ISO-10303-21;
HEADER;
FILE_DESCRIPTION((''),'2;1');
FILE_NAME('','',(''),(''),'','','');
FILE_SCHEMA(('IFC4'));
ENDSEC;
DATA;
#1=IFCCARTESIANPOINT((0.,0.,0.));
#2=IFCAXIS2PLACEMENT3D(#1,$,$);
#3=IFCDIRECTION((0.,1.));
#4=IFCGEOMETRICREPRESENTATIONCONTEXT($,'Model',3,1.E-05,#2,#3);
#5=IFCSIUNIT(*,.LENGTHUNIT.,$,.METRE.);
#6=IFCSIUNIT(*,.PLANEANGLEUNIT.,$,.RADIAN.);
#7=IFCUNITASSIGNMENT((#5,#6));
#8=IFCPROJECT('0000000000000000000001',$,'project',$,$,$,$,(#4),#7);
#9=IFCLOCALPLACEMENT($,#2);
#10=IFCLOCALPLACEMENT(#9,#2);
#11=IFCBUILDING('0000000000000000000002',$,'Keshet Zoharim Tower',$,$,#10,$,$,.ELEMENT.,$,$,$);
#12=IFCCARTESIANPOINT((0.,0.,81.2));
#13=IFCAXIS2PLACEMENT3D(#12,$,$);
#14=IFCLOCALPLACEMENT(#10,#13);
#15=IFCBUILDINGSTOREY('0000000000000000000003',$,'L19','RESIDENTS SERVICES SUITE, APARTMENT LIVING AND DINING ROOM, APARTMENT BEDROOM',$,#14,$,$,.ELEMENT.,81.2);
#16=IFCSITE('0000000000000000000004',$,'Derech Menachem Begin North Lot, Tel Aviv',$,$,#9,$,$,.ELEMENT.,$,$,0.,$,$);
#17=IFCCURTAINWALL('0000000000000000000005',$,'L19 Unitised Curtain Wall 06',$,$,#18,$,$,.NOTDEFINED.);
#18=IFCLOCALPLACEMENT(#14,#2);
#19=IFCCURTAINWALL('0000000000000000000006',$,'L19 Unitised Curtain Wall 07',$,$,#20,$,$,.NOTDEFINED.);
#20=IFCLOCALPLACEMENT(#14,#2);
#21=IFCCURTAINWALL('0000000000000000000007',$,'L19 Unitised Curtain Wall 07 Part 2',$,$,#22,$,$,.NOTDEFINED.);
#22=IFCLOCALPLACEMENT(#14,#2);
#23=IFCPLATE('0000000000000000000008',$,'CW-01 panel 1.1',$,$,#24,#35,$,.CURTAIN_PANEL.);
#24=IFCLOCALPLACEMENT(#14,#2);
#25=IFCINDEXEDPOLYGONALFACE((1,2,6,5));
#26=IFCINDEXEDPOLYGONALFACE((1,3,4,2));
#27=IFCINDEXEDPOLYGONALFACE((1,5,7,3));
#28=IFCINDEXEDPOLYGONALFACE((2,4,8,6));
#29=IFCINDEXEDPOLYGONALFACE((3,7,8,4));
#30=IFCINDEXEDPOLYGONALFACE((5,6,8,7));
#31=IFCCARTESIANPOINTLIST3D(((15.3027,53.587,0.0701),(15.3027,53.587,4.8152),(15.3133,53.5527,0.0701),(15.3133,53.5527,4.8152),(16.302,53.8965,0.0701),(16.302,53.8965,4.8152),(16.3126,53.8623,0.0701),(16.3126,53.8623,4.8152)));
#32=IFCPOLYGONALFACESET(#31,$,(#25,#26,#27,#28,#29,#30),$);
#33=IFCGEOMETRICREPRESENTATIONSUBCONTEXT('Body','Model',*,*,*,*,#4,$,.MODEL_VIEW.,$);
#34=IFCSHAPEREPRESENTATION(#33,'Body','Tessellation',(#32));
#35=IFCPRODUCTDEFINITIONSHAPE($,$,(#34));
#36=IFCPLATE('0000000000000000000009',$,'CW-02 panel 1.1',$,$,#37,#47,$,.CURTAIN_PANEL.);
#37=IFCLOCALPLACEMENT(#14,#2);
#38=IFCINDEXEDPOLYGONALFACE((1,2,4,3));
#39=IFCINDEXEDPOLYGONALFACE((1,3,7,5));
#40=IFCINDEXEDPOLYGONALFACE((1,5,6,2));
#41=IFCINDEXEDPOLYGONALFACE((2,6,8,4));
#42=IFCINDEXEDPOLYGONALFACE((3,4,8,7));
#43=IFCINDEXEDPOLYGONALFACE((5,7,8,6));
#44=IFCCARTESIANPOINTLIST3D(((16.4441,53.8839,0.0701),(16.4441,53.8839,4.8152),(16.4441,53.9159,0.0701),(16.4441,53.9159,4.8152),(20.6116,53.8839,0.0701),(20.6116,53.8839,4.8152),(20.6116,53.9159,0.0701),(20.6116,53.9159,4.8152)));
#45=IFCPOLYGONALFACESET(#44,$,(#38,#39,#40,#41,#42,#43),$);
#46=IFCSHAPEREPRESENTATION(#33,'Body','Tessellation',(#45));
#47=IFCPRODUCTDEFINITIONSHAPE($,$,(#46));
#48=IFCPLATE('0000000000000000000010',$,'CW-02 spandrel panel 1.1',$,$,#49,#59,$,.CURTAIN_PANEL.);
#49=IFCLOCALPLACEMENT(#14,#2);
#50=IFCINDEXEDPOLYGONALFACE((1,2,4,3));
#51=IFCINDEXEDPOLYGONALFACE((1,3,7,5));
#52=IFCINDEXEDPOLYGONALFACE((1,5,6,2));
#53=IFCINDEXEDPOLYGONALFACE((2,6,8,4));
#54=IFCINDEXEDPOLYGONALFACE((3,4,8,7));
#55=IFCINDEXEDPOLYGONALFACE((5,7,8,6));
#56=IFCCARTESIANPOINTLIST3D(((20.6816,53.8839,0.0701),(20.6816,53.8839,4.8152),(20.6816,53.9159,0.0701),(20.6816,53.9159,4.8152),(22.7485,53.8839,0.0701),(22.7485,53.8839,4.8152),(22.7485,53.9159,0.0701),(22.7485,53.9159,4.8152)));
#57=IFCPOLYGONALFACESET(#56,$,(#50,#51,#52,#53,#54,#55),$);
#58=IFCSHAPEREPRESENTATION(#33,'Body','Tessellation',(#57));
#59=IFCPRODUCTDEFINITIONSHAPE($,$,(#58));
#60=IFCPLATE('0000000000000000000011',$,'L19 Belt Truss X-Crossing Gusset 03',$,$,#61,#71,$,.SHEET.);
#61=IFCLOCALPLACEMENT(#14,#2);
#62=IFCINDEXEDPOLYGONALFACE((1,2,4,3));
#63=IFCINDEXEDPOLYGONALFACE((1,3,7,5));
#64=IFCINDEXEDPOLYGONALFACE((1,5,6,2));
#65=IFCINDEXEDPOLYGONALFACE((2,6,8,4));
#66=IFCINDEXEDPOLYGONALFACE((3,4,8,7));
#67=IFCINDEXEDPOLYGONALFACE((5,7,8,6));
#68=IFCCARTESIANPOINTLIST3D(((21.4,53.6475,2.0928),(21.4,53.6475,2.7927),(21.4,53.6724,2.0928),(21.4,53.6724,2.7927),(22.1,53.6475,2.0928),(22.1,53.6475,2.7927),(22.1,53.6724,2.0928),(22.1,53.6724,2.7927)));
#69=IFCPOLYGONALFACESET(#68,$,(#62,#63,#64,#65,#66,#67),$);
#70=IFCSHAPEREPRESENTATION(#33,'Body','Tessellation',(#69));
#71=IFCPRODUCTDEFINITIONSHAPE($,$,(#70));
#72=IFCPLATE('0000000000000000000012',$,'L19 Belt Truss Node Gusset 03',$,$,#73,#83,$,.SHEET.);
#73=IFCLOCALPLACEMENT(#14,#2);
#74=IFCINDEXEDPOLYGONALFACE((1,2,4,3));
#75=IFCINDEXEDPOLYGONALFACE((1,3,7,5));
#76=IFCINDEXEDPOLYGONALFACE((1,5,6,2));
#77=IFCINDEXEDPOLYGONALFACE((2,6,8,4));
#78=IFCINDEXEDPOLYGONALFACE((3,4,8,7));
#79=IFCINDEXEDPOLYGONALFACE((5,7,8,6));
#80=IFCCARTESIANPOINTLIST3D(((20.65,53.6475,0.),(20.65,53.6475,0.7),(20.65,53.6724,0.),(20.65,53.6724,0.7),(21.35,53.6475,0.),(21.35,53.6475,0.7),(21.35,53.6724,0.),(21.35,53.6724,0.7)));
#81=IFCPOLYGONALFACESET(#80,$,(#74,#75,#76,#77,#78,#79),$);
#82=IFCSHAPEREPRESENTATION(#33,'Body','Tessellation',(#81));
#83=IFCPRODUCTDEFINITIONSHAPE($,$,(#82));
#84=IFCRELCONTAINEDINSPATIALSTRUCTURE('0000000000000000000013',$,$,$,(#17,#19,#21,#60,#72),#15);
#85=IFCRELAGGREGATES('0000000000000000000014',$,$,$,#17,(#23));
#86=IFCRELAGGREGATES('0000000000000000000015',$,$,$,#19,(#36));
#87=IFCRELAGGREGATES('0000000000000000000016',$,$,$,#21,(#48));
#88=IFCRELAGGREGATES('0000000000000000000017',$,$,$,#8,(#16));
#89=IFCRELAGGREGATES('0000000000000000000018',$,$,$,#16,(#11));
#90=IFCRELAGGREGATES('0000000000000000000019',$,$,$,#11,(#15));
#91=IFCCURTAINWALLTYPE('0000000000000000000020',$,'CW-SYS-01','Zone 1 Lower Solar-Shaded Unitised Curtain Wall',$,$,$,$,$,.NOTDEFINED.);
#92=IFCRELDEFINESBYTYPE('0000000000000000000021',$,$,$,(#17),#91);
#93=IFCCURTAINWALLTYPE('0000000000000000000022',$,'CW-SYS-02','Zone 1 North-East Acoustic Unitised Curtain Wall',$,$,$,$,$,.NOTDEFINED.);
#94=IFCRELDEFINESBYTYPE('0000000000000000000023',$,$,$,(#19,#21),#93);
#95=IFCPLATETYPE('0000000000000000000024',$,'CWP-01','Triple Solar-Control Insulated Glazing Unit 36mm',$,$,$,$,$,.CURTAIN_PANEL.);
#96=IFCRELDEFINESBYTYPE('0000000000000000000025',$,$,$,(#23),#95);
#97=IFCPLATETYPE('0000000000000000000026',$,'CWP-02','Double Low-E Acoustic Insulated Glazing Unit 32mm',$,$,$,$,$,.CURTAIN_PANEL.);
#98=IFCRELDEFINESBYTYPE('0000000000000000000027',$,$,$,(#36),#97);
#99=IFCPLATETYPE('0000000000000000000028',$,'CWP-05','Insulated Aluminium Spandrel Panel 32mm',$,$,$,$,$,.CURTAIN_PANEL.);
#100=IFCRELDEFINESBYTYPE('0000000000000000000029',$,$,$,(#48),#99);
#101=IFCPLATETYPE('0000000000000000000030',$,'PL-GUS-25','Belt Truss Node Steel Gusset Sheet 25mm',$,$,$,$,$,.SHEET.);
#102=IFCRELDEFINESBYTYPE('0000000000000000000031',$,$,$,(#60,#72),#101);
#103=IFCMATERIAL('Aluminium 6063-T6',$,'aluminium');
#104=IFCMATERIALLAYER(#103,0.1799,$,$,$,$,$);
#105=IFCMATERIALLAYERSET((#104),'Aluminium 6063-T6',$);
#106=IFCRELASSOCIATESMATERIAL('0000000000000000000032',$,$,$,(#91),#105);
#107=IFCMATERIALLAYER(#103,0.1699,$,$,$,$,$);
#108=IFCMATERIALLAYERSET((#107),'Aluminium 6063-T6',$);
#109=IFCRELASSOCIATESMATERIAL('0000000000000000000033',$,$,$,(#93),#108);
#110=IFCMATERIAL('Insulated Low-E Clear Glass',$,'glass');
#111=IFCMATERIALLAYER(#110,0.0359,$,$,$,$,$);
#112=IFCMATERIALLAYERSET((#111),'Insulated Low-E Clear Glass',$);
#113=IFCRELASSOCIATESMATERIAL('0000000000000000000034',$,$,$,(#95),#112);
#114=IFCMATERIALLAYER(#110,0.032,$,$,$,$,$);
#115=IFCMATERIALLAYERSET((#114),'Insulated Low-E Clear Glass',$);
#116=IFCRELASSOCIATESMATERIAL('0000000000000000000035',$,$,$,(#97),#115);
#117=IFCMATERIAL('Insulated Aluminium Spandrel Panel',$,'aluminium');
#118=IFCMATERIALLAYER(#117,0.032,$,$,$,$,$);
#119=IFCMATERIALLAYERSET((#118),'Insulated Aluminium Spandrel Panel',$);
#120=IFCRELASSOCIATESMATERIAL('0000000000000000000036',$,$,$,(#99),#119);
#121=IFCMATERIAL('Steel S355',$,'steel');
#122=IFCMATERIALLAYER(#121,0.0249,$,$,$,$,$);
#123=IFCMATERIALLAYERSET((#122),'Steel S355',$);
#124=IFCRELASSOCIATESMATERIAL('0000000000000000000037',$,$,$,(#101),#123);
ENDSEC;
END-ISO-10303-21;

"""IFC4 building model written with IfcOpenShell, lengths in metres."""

from ifc_helpers import new_model, si_unit, direction, frame, origin, origin_2d, place, context, subcontext, project, spatial, rectangle, extrude, material, layer, layer_set, type_object, element, aggregate, save


model = new_model("IFC4")

# Units and contexts
model_context = context("Model", 3, precision=1e-05, world=origin(), true_north=direction((0.0, 1.0)))
body_context = subcontext(model_context, "Body", "Model", "MODEL_VIEW")
ifc_project = project(units=[si_unit("LENGTHUNIT", "METRE"), si_unit("PLANEANGLEUNIT", "RADIAN")], contexts=[model_context])

# Site, building, storey
site_placement = place(None, origin())
site = spatial("IfcSite", under=ifc_project, at=site_placement, Name="Derech Menachem Begin North Lot, Tel Aviv", CompositionType="ELEMENT", RefElevation=0.0)
building_placement = place(site_placement, origin())
building = spatial("IfcBuilding", under=site, at=building_placement, Name="Keshet Zoharim Tower", CompositionType="ELEMENT")
storey_placement = place(building_placement, frame((0.0, 0.0, 81.2)))
storey = spatial("IfcBuildingStorey", under=building, at=storey_placement, Name="L19", Description="RESIDENTS SERVICES SUITE, APARTMENT LIVING AND DINING ROOM, APARTMENT BEDROOM", CompositionType="ELEMENT", Elevation=81.2)

# Shared definitions
ifc_material_1 = material(Name="Steel S355", Category="steel")

# Curtain wall
ifc_material_2 = material(Name="Aluminium 6063-T6", Category="aluminium")
ifc_layer_1 = layer(ifc_material_2, 0.1799)
ifc_layer_set_1 = layer_set([ifc_layer_1], Name="Aluminium 6063-T6")
curtain_wall_type_1 = type_object("IfcCurtainWallType", Name="CW-SYS-01", Description="Zone 1 Lower Solar-Shaded Unitised Curtain Wall", PredefinedType="NOTDEFINED", material=ifc_layer_set_1)
curtain_wall_1_placement = place(storey_placement, origin())
curtain_wall_1 = element("IfcCurtainWall", 1, at=curtain_wall_1_placement, inside=storey, type_object=curtain_wall_type_1, Name="L19 Unitised Curtain Wall 06", PredefinedType="NOTDEFINED")

# Curtain wall
ifc_layer_2 = layer(ifc_material_2, 0.1699)
ifc_layer_set_2 = layer_set([ifc_layer_2], Name="Aluminium 6063-T6")
curtain_wall_type_2 = type_object("IfcCurtainWallType", Name="CW-SYS-02", Description="Zone 1 North-East Acoustic Unitised Curtain Wall", PredefinedType="NOTDEFINED", material=ifc_layer_set_2)
curtain_wall_2_placement = place(storey_placement, origin())
curtain_wall_2 = element("IfcCurtainWall", 2, at=curtain_wall_2_placement, inside=storey, type_object=curtain_wall_type_2, Name="L19 Unitised Curtain Wall 07", PredefinedType="NOTDEFINED")

# Curtain wall
curtain_wall_3_placement = place(storey_placement, origin())
curtain_wall_3 = element("IfcCurtainWall", 3, at=curtain_wall_3_placement, inside=storey, type_object=curtain_wall_type_2, Name="L19 Unitised Curtain Wall 07 Part 2", PredefinedType="NOTDEFINED")

# Plates
ifc_material_3 = material(Name="Insulated Low-E Clear Glass", Category="glass")
ifc_layer_3 = layer(ifc_material_3, 0.0359)
ifc_layer_set_3 = layer_set([ifc_layer_3], Name="Insulated Low-E Clear Glass")
plate_type_1 = type_object("IfcPlateType", Name="CWP-01", Description="Triple Solar-Control Insulated Glazing Unit 36mm", PredefinedType="CURTAIN_PANEL", material=ifc_layer_set_3)
plate_1_placement = place(storey_placement, frame((15.8076, 53.7246, 0.0701), z_axis=(0.0, 0.0, 1.0), x_axis=(0.955212, 0.295922, 0.0)))
plate_1 = element("IfcPlate", 4, at=plate_1_placement, type_object=plate_type_1, Name="CW-01 panel 1.1", PredefinedType="CURTAIN_PANEL", context=body_context, shape_type="SweptSolid", body=[
    extrude(rectangle(XDim=1.0461, YDim=0.0359, at=origin_2d()), origin(), (0.0, 0.0, 1.0), 4.7451),
])
aggregate(curtain_wall_1, [plate_1])
ifc_layer_4 = layer(ifc_material_3, 0.032)
ifc_layer_set_4 = layer_set([ifc_layer_4], Name="Insulated Low-E Clear Glass")
plate_type_2 = type_object("IfcPlateType", Name="CWP-02", Description="Double Low-E Acoustic Insulated Glazing Unit 32mm", PredefinedType="CURTAIN_PANEL", material=ifc_layer_set_4)
plate_2_placement = place(storey_placement, frame((18.5278, 53.8999, 0.0701), z_axis=(0.0, 0.0, 1.0), x_axis=(1.0, 0.0, 0.0)))
plate_2 = element("IfcPlate", 5, at=plate_2_placement, type_object=plate_type_2, Name="CW-02 panel 1.1", PredefinedType="CURTAIN_PANEL", context=body_context, shape_type="SweptSolid", body=[
    extrude(rectangle(XDim=4.1675, YDim=0.032, at=origin_2d()), origin(), (0.0, 0.0, 1.0), 4.7451),
])
aggregate(curtain_wall_2, [plate_2])
ifc_material_4 = material(Name="Insulated Aluminium Spandrel Panel", Category="aluminium")
ifc_layer_5 = layer(ifc_material_4, 0.032)
ifc_layer_set_5 = layer_set([ifc_layer_5], Name="Insulated Aluminium Spandrel Panel")
plate_type_3 = type_object("IfcPlateType", Name="CWP-05", Description="Insulated Aluminium Spandrel Panel 32mm", PredefinedType="CURTAIN_PANEL", material=ifc_layer_set_5)
plate_3_placement = place(storey_placement, frame((21.7151, 53.8999, 0.0701), z_axis=(0.0, 0.0, 1.0), x_axis=(1.0, 0.0, 0.0)))
plate_3 = element("IfcPlate", 6, at=plate_3_placement, type_object=plate_type_3, Name="CW-02 spandrel panel 1.1", PredefinedType="CURTAIN_PANEL", context=body_context, shape_type="SweptSolid", body=[
    extrude(rectangle(XDim=2.0669, YDim=0.032, at=origin_2d()), origin(), (0.0, 0.0, 1.0), 4.7451),
])
aggregate(curtain_wall_3, [plate_3])

# Plates
ifc_layer_6 = layer(ifc_material_1, 0.0249)
ifc_layer_set_6 = layer_set([ifc_layer_6], Name="Steel S355")
plate_type_4 = type_object("IfcPlateType", Name="PL-GUS-25", Description="Belt Truss Node Steel Gusset Sheet 25mm", PredefinedType="SHEET", material=ifc_layer_set_6)
for number, where, z_axis, x_axis, name in (
    (7, (21.75, 53.6599, 2.0928), (0.0, 0.0, 1.0), (1.0, 0.0, 0.0), "L19 Belt Truss X-Crossing Gusset 03"),
    (8, (21.0, 53.6599, 0.0), (0.0, 0.0, 1.0), (1.0, 0.0, 0.0), "L19 Belt Truss Node Gusset 03"),
):
    element("IfcPlate", number, at=place(storey_placement, frame(where, z_axis=z_axis, x_axis=x_axis)), inside=storey, type_object=plate_type_4, Name=name, PredefinedType="SHEET", context=body_context, shape_type="SweptSolid", body=[
        extrude(rectangle(XDim=0.7, YDim=0.0249, at=origin_2d()), origin(), (0.0, 0.0, 1.0), 0.7),
    ])

save(model, "model.ifc")
